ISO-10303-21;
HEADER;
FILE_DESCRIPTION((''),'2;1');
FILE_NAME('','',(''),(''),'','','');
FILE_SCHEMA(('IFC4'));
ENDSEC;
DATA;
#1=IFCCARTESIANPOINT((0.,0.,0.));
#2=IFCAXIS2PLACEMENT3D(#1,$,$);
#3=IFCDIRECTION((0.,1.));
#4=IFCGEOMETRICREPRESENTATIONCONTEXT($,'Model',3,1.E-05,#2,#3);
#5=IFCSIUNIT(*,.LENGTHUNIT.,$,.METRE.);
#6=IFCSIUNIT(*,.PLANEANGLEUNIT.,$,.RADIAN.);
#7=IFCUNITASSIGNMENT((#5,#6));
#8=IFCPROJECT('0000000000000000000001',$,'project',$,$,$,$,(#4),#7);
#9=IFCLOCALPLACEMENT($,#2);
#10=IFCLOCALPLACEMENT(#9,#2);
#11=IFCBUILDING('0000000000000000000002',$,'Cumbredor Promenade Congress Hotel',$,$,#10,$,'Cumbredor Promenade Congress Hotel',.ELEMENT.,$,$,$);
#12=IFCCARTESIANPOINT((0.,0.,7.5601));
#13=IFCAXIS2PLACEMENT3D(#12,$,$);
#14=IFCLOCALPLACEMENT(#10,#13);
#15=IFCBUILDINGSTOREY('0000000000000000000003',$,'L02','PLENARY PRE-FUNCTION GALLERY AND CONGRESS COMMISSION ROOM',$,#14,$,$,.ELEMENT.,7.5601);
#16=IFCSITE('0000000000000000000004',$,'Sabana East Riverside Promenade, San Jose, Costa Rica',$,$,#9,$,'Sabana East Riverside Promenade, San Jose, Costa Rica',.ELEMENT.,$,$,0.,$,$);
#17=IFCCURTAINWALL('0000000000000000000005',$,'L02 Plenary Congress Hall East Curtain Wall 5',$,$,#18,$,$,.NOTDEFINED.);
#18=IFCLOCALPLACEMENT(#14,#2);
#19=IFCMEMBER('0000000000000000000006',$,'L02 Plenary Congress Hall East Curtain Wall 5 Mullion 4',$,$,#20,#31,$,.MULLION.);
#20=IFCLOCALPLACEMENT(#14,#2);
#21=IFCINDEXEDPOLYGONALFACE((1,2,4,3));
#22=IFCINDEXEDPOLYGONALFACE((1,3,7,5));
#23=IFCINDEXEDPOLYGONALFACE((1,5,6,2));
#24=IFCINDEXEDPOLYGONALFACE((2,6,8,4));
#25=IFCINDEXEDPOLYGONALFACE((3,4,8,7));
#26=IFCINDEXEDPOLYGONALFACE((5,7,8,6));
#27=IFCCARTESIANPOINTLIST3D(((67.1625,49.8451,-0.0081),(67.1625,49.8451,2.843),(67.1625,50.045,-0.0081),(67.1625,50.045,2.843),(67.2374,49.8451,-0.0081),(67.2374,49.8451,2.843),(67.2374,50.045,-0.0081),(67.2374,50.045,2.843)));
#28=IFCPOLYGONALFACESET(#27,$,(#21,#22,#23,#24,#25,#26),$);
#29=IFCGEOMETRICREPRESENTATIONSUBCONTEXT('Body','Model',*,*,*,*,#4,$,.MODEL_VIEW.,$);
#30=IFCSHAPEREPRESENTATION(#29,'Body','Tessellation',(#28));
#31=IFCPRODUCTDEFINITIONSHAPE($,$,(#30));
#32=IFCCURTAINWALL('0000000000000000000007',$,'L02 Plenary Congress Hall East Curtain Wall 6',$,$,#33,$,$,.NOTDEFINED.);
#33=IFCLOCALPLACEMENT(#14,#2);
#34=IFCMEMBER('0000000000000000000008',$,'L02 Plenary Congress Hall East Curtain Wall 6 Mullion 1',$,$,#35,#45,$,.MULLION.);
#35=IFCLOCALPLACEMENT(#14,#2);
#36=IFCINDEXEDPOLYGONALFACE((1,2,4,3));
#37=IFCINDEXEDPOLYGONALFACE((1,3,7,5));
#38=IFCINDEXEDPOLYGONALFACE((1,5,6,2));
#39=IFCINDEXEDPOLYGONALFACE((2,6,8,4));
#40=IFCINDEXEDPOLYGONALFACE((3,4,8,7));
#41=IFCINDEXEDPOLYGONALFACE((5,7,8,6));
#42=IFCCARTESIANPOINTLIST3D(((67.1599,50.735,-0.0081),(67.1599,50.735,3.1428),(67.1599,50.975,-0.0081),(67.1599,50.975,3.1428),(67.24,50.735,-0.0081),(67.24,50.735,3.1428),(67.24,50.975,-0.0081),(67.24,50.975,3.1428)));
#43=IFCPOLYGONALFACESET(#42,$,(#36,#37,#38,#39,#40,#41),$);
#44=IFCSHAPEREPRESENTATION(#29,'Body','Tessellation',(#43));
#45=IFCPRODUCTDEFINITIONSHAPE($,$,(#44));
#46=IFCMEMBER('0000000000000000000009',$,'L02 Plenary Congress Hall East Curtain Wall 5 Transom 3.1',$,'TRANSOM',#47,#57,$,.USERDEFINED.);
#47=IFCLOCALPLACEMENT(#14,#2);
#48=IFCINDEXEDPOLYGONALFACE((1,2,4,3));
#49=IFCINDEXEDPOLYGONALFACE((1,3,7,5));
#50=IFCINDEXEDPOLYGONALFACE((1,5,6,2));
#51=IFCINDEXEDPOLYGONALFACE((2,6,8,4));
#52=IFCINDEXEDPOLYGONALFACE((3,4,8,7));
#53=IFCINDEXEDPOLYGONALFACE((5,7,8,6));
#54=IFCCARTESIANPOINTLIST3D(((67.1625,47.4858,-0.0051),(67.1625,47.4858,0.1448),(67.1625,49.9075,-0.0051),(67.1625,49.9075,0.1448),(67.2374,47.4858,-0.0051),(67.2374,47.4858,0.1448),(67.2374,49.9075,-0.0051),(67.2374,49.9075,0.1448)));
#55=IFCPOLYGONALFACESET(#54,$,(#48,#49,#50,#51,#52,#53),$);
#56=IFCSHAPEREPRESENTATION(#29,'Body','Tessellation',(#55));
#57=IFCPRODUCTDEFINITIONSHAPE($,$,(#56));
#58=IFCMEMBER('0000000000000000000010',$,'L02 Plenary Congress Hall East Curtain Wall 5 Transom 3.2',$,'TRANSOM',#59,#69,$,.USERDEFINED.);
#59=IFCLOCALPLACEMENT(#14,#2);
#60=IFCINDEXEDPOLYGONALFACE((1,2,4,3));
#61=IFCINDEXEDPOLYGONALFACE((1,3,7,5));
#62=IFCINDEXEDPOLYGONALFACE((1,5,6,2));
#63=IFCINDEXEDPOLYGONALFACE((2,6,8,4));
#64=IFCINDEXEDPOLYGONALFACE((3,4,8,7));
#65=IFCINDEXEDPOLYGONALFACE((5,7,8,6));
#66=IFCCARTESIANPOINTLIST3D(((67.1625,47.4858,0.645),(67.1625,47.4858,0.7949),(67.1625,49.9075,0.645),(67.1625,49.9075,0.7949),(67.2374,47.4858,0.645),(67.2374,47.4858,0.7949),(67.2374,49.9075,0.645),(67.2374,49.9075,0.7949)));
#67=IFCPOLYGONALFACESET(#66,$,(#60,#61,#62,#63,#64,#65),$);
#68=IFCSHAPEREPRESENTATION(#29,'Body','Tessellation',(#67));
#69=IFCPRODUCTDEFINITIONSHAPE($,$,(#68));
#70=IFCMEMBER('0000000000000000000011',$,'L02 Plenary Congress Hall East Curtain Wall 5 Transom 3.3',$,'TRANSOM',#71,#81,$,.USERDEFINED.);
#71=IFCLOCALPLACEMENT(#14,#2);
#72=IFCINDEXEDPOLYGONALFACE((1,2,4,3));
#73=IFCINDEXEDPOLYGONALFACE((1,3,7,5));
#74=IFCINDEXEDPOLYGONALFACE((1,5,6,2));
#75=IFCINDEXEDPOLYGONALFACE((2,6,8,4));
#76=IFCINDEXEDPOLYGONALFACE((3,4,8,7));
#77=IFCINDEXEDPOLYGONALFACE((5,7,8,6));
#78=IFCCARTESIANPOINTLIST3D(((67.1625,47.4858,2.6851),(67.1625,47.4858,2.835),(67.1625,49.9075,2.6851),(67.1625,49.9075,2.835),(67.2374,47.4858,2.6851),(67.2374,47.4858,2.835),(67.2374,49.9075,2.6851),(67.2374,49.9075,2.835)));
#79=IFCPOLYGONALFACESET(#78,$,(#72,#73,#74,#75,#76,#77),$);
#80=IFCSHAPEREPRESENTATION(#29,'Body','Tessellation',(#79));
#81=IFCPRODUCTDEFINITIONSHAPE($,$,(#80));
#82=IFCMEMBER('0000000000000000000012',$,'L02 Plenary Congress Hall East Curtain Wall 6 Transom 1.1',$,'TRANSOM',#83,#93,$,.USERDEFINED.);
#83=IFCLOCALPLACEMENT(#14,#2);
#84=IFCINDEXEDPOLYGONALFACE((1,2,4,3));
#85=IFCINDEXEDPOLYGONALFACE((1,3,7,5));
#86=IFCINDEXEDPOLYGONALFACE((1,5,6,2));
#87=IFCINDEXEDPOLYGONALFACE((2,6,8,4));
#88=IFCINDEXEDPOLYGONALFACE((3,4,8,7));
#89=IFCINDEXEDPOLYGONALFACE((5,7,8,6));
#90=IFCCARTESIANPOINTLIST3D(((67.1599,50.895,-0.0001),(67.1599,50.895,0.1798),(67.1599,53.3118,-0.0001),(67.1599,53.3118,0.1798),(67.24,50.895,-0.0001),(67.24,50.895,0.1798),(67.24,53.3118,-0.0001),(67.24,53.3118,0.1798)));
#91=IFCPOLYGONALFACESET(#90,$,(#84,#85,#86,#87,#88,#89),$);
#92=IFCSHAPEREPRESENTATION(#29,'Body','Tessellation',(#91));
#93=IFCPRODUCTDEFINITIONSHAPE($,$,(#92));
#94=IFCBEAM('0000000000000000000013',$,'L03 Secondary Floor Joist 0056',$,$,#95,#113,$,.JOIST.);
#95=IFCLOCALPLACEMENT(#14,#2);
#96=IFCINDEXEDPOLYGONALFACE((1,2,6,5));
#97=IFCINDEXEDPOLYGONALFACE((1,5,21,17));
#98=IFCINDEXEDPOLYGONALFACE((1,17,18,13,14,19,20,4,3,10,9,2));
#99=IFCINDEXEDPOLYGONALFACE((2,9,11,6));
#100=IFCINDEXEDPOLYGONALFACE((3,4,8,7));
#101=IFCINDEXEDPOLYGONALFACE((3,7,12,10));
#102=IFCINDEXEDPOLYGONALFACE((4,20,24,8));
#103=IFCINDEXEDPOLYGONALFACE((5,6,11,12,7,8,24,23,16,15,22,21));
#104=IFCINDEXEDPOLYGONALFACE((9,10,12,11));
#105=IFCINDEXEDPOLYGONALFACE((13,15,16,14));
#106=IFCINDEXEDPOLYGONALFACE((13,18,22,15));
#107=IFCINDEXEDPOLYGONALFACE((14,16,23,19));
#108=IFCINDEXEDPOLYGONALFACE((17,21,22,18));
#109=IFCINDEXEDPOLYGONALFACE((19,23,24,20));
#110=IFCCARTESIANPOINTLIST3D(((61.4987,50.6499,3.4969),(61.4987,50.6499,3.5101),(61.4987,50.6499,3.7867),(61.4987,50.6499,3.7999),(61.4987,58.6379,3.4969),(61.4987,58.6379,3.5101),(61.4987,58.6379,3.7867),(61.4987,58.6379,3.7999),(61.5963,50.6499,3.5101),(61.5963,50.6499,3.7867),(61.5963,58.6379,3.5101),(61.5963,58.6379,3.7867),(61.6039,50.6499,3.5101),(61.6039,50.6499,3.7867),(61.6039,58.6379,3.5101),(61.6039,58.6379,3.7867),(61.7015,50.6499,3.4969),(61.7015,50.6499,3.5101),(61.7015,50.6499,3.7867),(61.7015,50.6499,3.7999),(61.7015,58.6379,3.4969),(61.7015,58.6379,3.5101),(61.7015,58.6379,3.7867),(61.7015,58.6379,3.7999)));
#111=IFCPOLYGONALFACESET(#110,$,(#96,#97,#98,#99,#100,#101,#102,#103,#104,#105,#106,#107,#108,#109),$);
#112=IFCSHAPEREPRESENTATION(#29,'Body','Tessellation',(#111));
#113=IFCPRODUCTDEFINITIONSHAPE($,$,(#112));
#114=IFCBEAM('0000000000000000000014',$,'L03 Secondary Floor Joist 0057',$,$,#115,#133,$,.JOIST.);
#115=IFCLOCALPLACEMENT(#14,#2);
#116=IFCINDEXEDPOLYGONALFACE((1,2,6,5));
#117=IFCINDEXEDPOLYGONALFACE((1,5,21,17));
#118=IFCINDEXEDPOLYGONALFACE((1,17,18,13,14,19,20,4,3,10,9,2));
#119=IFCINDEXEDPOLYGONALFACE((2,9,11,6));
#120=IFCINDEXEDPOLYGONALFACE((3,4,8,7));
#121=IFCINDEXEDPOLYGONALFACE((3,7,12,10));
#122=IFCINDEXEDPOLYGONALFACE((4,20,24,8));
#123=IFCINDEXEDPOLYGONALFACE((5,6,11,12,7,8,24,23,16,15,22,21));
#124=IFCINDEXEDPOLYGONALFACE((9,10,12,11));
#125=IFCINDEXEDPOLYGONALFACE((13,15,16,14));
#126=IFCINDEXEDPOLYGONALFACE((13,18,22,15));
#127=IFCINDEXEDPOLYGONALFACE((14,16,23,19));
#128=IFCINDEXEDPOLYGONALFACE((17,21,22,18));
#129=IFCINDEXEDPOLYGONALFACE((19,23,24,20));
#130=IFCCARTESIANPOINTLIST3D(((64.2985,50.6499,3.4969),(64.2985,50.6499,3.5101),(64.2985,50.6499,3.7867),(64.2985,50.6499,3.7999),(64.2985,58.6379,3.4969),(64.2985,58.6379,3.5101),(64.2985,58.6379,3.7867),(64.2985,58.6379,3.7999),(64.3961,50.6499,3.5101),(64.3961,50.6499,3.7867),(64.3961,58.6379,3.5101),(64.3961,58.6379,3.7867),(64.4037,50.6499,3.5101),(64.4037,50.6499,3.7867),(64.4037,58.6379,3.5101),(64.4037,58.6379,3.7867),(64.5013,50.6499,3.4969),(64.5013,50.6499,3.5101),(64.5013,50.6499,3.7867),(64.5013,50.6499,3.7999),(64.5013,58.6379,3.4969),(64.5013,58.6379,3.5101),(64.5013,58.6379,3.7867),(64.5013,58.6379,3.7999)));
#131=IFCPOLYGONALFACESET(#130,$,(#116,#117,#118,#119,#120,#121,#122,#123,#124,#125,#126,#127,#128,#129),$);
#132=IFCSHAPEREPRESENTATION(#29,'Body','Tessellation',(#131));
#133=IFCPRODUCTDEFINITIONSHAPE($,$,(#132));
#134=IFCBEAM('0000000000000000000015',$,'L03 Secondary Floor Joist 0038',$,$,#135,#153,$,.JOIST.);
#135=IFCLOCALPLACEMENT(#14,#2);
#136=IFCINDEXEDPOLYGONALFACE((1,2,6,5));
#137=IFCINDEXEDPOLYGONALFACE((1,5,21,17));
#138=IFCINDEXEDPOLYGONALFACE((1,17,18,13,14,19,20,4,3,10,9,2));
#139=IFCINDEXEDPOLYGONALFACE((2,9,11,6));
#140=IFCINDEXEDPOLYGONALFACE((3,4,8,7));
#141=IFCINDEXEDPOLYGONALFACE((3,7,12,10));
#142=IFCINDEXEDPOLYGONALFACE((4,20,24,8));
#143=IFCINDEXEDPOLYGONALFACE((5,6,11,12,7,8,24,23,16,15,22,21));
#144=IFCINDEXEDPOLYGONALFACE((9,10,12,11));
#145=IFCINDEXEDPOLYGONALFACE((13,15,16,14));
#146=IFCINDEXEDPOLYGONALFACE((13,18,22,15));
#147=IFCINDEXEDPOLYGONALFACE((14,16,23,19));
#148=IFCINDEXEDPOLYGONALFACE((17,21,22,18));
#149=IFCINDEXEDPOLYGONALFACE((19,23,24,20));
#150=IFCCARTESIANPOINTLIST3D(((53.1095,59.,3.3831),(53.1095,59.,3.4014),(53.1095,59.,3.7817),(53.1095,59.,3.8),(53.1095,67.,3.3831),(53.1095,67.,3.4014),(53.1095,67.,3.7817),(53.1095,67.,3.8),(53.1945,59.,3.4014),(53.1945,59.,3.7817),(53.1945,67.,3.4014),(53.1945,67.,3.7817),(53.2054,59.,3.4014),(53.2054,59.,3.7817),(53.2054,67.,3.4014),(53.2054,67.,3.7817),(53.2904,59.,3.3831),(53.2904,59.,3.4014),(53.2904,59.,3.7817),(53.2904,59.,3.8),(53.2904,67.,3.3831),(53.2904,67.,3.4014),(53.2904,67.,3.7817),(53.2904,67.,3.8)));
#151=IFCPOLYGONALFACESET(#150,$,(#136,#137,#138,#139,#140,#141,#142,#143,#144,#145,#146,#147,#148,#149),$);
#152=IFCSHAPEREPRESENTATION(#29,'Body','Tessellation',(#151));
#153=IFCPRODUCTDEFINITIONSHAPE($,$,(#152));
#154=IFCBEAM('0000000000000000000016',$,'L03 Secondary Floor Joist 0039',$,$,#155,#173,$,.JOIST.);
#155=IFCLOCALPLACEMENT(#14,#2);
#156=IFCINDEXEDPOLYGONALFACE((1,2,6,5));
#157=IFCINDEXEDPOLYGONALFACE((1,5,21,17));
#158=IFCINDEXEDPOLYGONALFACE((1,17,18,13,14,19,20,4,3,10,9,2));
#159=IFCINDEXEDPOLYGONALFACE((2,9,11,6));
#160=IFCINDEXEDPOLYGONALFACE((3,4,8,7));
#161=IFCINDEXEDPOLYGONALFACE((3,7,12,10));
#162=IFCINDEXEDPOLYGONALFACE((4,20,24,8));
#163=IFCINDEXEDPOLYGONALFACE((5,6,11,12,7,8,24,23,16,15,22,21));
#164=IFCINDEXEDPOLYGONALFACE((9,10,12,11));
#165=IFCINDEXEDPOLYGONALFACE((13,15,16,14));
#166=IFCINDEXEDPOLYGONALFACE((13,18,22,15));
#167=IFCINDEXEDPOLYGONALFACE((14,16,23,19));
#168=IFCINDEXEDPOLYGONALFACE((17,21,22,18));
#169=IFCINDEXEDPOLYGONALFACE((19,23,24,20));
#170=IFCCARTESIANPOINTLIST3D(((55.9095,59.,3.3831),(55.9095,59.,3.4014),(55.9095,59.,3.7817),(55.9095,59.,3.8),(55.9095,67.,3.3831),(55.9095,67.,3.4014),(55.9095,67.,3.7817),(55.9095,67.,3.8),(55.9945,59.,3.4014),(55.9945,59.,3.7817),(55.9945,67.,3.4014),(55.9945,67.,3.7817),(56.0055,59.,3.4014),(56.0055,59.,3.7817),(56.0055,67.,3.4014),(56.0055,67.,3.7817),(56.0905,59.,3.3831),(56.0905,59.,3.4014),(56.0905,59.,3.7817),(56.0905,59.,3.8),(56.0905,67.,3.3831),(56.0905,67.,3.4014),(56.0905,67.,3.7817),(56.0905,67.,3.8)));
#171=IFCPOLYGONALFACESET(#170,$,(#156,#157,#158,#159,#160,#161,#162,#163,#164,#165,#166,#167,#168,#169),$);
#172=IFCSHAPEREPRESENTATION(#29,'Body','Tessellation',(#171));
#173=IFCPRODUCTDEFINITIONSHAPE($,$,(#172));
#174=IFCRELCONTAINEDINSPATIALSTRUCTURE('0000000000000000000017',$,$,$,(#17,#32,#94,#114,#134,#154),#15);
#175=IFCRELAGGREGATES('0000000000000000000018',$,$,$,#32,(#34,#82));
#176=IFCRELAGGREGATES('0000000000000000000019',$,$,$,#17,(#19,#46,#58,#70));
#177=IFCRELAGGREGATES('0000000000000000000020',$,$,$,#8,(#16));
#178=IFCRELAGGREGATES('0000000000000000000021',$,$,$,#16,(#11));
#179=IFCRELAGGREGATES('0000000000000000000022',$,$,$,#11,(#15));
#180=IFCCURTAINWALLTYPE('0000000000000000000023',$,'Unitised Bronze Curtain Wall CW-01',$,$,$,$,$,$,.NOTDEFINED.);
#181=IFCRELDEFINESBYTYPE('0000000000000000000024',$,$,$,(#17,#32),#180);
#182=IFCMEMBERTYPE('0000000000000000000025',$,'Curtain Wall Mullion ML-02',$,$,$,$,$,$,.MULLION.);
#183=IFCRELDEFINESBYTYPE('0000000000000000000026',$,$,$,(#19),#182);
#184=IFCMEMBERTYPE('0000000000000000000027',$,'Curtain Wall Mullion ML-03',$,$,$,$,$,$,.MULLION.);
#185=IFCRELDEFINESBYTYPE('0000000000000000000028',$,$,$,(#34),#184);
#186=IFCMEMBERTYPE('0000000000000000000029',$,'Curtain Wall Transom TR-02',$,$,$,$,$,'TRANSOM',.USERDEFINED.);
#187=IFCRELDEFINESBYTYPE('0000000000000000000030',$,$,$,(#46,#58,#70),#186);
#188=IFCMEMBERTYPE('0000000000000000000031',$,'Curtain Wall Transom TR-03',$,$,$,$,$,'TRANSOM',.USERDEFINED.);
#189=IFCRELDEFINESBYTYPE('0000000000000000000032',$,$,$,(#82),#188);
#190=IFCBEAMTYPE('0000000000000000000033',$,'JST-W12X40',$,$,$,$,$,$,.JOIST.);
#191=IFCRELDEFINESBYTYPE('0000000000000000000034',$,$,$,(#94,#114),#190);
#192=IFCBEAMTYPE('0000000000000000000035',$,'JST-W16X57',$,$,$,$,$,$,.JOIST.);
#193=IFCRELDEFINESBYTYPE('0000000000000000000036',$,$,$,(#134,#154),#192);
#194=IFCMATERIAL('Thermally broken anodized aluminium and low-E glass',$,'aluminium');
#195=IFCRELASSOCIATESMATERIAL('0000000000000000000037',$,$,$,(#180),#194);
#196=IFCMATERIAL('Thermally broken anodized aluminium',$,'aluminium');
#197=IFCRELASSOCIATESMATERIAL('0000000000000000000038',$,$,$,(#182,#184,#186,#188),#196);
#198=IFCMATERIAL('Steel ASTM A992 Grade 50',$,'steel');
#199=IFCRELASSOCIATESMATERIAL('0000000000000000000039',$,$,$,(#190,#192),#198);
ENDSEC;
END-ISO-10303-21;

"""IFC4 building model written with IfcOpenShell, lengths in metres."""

from ifc_helpers import new_model, si_unit, direction, frame, origin, origin_2d, place, context, subcontext, project, spatial, rectangle, i_section, extrude, material, material_profile, profile_set, type_object, element, aggregate, save


model = new_model("IFC4")

# Units and contexts
model_context = context("Model", 3, precision=1e-05, world=origin(), true_north=direction((0.0, 1.0)))
body_context = subcontext(model_context, "Body", "Model", "MODEL_VIEW")
ifc_project = project(units=[si_unit("LENGTHUNIT", "METRE"), si_unit("PLANEANGLEUNIT", "RADIAN")], contexts=[model_context])

# Site, building, storey
site_placement = place(None, origin())
site = spatial("IfcSite", under=ifc_project, at=site_placement, Name="Sabana East Riverside Promenade, San Jose, Costa Rica", LongName="Sabana East Riverside Promenade, San Jose, Costa Rica", CompositionType="ELEMENT", RefElevation=0.0)
building_placement = place(site_placement, origin())
building = spatial("IfcBuilding", under=site, at=building_placement, Name="Cumbredor Promenade Congress Hotel", LongName="Cumbredor Promenade Congress Hotel", CompositionType="ELEMENT")
storey_placement = place(building_placement, frame((0.0, 0.0, 7.5601)))
storey = spatial("IfcBuildingStorey", under=building, at=storey_placement, Name="L02", Description="PLENARY PRE-FUNCTION GALLERY AND CONGRESS COMMISSION ROOM", CompositionType="ELEMENT", Elevation=7.5601)

# Shared definitions
ifc_material_1 = material(Name="Steel ASTM A992 Grade 50", Category="steel")

# Curtain wall, member
ifc_material_2 = material(Name="Thermally broken anodized aluminium and low-E glass", Category="aluminium")
curtain_wall_type = type_object("IfcCurtainWallType", Name="Unitised Bronze Curtain Wall CW-01", PredefinedType="NOTDEFINED", material=ifc_material_2)
curtain_wall_1_placement = place(storey_placement, origin())
curtain_wall_1 = element("IfcCurtainWall", 1, at=curtain_wall_1_placement, inside=storey, type_object=curtain_wall_type, Name="L02 Plenary Congress Hall East Curtain Wall 5", PredefinedType="NOTDEFINED")
ifc_material_3 = material(Name="Thermally broken anodized aluminium", Category="aluminium")
ifc_material_profile_1 = material_profile(ifc_material_3, rectangle(XDim=0.075, YDim=0.2, at=origin_2d()), Name="ALU MULLION 75x200")
ifc_profile_set_1 = profile_set([ifc_material_profile_1], Name="Thermally broken anodized aluminium")
member_type_1 = type_object("IfcMemberType", Name="Curtain Wall Mullion ML-02", PredefinedType="MULLION", material=ifc_profile_set_1)
member_1_placement = place(storey_placement, frame((67.2, 49.9451, -0.0081), z_axis=(0.0, 0.0, 1.0), x_axis=(1.0, 0.0, 0.0)))
member_1 = element("IfcMember", 2, at=member_1_placement, type_object=member_type_1, Name="L02 Plenary Congress Hall East Curtain Wall 5 Mullion 4", PredefinedType="MULLION", context=body_context, shape_type="SweptSolid", body=[
    extrude(rectangle(XDim=0.075, YDim=0.2, at=origin_2d()), origin(), (0.0, 0.0, 1.0), 2.8511),
])

# Curtain wall, member
curtain_wall_2_placement = place(storey_placement, origin())
curtain_wall_2 = element("IfcCurtainWall", 3, at=curtain_wall_2_placement, inside=storey, type_object=curtain_wall_type, Name="L02 Plenary Congress Hall East Curtain Wall 6", PredefinedType="NOTDEFINED")
ifc_material_profile_2 = material_profile(ifc_material_3, rectangle(XDim=0.0801, YDim=0.24, at=origin_2d()), Name="ALU MULLION 80x240")
ifc_profile_set_2 = profile_set([ifc_material_profile_2], Name="Thermally broken anodized aluminium")
member_type_2 = type_object("IfcMemberType", Name="Curtain Wall Mullion ML-03", PredefinedType="MULLION", material=ifc_profile_set_2)
member_2_placement = place(storey_placement, frame((67.2, 50.855, -0.0081), z_axis=(0.0, 0.0, 1.0), x_axis=(1.0, 0.0, 0.0)))
member_2 = element("IfcMember", 4, at=member_2_placement, type_object=member_type_2, Name="L02 Plenary Congress Hall East Curtain Wall 6 Mullion 1", PredefinedType="MULLION", context=body_context, shape_type="SweptSolid", body=[
    extrude(rectangle(XDim=0.0801, YDim=0.24, at=origin_2d()), origin(), (0.0, 0.0, 1.0), 3.1509),
])

# Members
ifc_material_profile_3 = material_profile(ifc_material_3, rectangle(XDim=0.075, YDim=0.1499, at=origin_2d()), Name="ALU TRANSOM 75x150")
ifc_profile_set_3 = profile_set([ifc_material_profile_3], Name="Thermally broken anodized aluminium")
member_type_3 = type_object("IfcMemberType", Name="Curtain Wall Transom TR-02", ElementType="TRANSOM", PredefinedType="USERDEFINED", material=ifc_profile_set_3)
member_3_placement = place(storey_placement, frame((67.2, 47.4858, 0.0698), z_axis=(0.0, 1.0, 0.0), x_axis=(-1.0, 0.0, 0.0)))
member_3 = element("IfcMember", 5, at=member_3_placement, type_object=member_type_3, Name="L02 Plenary Congress Hall East Curtain Wall 5 Transom 3.1", ObjectType="TRANSOM", PredefinedType="USERDEFINED", context=body_context, shape_type="SweptSolid", body=[
    extrude(rectangle(XDim=0.075, YDim=0.1499, at=origin_2d()), origin(), (0.0, 0.0, 1.0), 2.4216),
])
member_4_placement = place(storey_placement, frame((67.2, 47.4858, 0.72), z_axis=(0.0, 1.0, 0.0), x_axis=(-1.0, 0.0, 0.0)))
member_4 = element("IfcMember", 6, at=member_4_placement, type_object=member_type_3, Name="L02 Plenary Congress Hall East Curtain Wall 5 Transom 3.2", ObjectType="TRANSOM", PredefinedType="USERDEFINED", context=body_context, shape_type="SweptSolid", body=[
    extrude(rectangle(XDim=0.075, YDim=0.1499, at=origin_2d()), origin(), (0.0, 0.0, 1.0), 2.4216),
])
member_5_placement = place(storey_placement, frame((67.2, 47.4858, 2.76), z_axis=(0.0, 1.0, 0.0), x_axis=(-1.0, 0.0, 0.0)))
member_5 = element("IfcMember", 7, at=member_5_placement, type_object=member_type_3, Name="L02 Plenary Congress Hall East Curtain Wall 5 Transom 3.3", ObjectType="TRANSOM", PredefinedType="USERDEFINED", context=body_context, shape_type="SweptSolid", body=[
    extrude(rectangle(XDim=0.075, YDim=0.1499, at=origin_2d()), origin(), (0.0, 0.0, 1.0), 2.4216),
])
ifc_material_profile_4 = material_profile(ifc_material_3, rectangle(XDim=0.0801, YDim=0.1799, at=origin_2d()), Name="ALU TRANSOM 80x180")
ifc_profile_set_4 = profile_set([ifc_material_profile_4], Name="Thermally broken anodized aluminium")
member_type_4 = type_object("IfcMemberType", Name="Curtain Wall Transom TR-03", ElementType="TRANSOM", PredefinedType="USERDEFINED", material=ifc_profile_set_4)
member_6_placement = place(storey_placement, frame((67.2, 50.895, 0.0898), z_axis=(0.0, 1.0, 0.0), x_axis=(-1.0, 0.0, 0.0)))
member_6 = element("IfcMember", 8, at=member_6_placement, type_object=member_type_4, Name="L02 Plenary Congress Hall East Curtain Wall 6 Transom 1.1", ObjectType="TRANSOM", PredefinedType="USERDEFINED", context=body_context, shape_type="SweptSolid", body=[
    extrude(rectangle(XDim=0.0801, YDim=0.1799, at=origin_2d()), origin(), (0.0, 0.0, 1.0), 2.4167),
])
aggregate(curtain_wall_2, [member_2, member_6])

# Beams
ifc_material_profile_5 = material_profile(ifc_material_1, i_section(OverallWidth=0.2029, OverallDepth=0.303, WebThickness=0.0076, FlangeThickness=0.0132, at=origin_2d()), Name="W12X40")
ifc_profile_set_5 = profile_set([ifc_material_profile_5], Name="Steel ASTM A992 Grade 50")
beam_type_1 = type_object("IfcBeamType", Name="JST-W12X40", PredefinedType="JOIST", material=ifc_profile_set_5)
for number, where, z_axis, x_axis, name in (
    (9, (61.6001, 50.6499, 3.6484), (0.0, 1.0, 0.0), (-1.0, 0.0, 0.0), "L03 Secondary Floor Joist 0056"),
    (10, (64.3999, 50.6499, 3.6484), (0.0, 1.0, 0.0), (-1.0, 0.0, 0.0), "L03 Secondary Floor Joist 0057"),
):
    element("IfcBeam", number, at=place(storey_placement, frame(where, z_axis=z_axis, x_axis=x_axis)), inside=storey, type_object=beam_type_1, Name=name, PredefinedType="JOIST", context=body_context, shape_type="SweptSolid", body=[
        extrude(i_section(OverallWidth=0.2029, OverallDepth=0.303, WebThickness=0.0076, FlangeThickness=0.0132, at=origin_2d()), origin(), (0.0, 0.0, 1.0), 7.988),
    ])
ifc_material_profile_6 = material_profile(ifc_material_1, i_section(OverallWidth=0.1809, OverallDepth=0.417, WebThickness=0.011, FlangeThickness=0.0183, at=origin_2d()), Name="W16X57")
ifc_profile_set_6 = profile_set([ifc_material_profile_6], Name="Steel ASTM A992 Grade 50")
beam_type_2 = type_object("IfcBeamType", Name="JST-W16X57", PredefinedType="JOIST", material=ifc_profile_set_6)
for number, where, z_axis, x_axis, name in (
    (11, (53.2, 59.0, 3.5916), (0.0, 1.0, 0.0), (-1.0, 0.0, 0.0), "L03 Secondary Floor Joist 0038"),
    (12, (56.0, 59.0, 3.5916), (0.0, 1.0, 0.0), (-1.0, 0.0, 0.0), "L03 Secondary Floor Joist 0039"),
):
    element("IfcBeam", number, at=place(storey_placement, frame(where, z_axis=z_axis, x_axis=x_axis)), inside=storey, type_object=beam_type_2, Name=name, PredefinedType="JOIST", context=body_context, shape_type="SweptSolid", body=[
        extrude(i_section(OverallWidth=0.1809, OverallDepth=0.417, WebThickness=0.011, FlangeThickness=0.0183, at=origin_2d()), origin(), (0.0, 0.0, 1.0), 8.0),
    ])

aggregate(curtain_wall_1, [member_1, member_3, member_4, member_5])

save(model, "model.ifc")
